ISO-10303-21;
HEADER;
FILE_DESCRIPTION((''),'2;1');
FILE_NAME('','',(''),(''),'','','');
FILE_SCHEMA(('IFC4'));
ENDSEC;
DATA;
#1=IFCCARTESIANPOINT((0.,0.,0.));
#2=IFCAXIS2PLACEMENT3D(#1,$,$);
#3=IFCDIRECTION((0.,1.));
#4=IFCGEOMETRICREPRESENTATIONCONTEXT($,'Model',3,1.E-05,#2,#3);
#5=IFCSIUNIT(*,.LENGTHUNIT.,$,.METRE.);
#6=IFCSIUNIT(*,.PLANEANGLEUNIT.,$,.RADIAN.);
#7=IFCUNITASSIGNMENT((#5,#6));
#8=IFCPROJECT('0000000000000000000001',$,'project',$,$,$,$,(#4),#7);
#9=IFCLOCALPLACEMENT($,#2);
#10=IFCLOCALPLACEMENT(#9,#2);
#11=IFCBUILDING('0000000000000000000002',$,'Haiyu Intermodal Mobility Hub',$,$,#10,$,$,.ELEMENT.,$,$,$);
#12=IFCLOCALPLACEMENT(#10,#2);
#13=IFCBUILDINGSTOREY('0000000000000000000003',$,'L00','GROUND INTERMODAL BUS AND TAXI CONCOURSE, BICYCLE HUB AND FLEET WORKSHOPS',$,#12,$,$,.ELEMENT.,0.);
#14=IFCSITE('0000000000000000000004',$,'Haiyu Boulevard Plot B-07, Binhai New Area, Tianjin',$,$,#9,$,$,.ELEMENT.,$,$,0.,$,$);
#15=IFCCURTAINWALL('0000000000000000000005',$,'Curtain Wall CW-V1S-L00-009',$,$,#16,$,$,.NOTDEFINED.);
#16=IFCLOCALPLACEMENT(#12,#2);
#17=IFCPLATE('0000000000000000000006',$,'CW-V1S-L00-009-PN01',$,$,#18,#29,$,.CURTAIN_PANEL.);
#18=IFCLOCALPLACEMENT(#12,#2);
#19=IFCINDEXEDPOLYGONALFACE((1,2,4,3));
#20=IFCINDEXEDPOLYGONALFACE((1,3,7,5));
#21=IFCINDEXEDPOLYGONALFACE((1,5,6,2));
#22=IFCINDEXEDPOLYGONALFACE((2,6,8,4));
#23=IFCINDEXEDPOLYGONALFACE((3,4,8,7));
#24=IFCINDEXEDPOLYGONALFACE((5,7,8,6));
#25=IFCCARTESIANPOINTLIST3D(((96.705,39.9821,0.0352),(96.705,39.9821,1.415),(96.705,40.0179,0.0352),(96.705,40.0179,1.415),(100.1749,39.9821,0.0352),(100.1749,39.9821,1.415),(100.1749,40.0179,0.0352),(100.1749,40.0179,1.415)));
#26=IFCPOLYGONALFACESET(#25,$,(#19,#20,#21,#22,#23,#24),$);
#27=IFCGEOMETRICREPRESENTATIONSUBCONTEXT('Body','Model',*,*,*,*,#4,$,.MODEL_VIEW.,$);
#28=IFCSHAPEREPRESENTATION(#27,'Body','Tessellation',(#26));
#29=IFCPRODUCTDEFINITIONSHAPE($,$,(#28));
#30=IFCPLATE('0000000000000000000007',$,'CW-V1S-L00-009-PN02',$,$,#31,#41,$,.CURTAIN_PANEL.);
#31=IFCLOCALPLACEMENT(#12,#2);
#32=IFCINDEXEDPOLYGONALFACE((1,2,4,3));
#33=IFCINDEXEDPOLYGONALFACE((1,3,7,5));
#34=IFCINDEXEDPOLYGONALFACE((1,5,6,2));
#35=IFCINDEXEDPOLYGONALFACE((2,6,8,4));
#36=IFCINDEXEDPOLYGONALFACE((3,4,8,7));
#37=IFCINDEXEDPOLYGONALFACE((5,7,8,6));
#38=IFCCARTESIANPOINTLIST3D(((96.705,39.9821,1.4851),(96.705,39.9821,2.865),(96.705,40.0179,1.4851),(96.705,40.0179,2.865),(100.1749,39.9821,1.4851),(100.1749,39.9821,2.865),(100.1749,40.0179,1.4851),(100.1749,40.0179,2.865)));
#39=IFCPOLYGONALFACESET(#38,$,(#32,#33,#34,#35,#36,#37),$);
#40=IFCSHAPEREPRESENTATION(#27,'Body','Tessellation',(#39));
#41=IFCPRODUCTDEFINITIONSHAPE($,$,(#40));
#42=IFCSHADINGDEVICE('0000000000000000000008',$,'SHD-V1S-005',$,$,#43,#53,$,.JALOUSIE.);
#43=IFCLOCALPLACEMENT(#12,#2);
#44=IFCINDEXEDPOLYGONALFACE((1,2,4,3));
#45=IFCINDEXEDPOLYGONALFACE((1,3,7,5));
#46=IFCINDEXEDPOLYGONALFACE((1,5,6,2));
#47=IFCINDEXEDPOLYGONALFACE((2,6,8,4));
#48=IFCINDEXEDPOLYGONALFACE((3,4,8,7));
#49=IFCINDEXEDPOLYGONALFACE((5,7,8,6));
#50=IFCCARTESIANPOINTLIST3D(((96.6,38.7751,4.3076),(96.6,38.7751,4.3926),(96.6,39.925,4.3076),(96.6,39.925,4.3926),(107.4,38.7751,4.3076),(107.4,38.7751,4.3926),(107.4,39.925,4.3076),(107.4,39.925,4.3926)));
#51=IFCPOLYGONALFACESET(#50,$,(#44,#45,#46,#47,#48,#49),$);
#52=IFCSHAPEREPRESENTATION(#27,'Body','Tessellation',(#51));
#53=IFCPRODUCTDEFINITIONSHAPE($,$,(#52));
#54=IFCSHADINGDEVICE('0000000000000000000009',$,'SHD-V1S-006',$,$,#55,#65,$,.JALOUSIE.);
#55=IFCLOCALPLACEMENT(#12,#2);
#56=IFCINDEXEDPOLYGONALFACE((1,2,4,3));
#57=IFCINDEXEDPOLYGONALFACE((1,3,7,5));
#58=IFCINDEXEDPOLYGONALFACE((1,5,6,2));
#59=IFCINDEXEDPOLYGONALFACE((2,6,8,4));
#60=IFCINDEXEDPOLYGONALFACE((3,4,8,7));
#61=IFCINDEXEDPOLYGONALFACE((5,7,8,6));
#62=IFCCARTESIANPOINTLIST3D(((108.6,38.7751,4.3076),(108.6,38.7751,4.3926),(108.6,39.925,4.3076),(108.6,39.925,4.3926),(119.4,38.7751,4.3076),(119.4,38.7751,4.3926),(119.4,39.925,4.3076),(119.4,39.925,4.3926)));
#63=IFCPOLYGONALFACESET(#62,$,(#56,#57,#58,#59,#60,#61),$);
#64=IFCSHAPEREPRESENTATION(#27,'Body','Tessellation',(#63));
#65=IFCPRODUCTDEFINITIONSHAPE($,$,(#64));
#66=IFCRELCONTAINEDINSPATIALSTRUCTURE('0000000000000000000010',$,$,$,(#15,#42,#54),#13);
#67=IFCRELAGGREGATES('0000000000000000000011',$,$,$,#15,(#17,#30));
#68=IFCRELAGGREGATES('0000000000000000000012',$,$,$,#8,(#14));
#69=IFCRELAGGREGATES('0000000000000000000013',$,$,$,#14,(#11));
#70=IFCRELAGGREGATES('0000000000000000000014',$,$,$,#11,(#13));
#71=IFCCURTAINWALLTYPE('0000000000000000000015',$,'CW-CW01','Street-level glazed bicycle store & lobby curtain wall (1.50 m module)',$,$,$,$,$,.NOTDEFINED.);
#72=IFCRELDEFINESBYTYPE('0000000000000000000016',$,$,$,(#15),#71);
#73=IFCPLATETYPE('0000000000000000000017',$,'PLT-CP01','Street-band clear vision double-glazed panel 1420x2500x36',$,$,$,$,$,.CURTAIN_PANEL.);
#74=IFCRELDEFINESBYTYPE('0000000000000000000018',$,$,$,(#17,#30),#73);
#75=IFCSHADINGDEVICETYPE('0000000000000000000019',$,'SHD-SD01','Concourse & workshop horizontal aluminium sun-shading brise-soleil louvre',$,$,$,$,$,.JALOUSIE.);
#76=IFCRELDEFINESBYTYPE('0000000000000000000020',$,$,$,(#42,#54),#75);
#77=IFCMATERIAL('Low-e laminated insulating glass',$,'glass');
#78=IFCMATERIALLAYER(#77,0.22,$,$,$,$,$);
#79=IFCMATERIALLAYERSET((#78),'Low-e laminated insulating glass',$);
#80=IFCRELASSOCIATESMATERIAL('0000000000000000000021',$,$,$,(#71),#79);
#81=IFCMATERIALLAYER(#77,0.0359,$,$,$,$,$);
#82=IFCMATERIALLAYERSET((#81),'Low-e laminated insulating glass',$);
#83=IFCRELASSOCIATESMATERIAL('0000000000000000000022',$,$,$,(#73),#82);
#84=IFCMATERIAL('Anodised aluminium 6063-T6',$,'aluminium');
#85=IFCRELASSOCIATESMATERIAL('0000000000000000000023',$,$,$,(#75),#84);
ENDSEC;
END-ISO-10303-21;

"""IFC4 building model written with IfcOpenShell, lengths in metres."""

from ifc_helpers import new_model, si_unit, direction, frame, origin, origin_2d, place, context, subcontext, project, spatial, rectangle, extrude, material, layer, layer_set, material_profile, profile_set, type_object, element, aggregate, save


model = new_model("IFC4")

# Units and contexts
model_context = context("Model", 3, precision=1e-05, world=origin(), true_north=direction((0.0, 1.0)))
body_context = subcontext(model_context, "Body", "Model", "MODEL_VIEW")
ifc_project = project(units=[si_unit("LENGTHUNIT", "METRE"), si_unit("PLANEANGLEUNIT", "RADIAN")], contexts=[model_context])

# Site, building, storey
site_placement = place(None, origin())
site = spatial("IfcSite", under=ifc_project, at=site_placement, Name="Haiyu Boulevard Plot B-07, Binhai New Area, Tianjin", CompositionType="ELEMENT", RefElevation=0.0)
building_placement = place(site_placement, origin())
building = spatial("IfcBuilding", under=site, at=building_placement, Name="Haiyu Intermodal Mobility Hub", CompositionType="ELEMENT")
storey_placement = place(building_placement, origin())
storey = spatial("IfcBuildingStorey", under=building, at=storey_placement, Name="L00", Description="GROUND INTERMODAL BUS AND TAXI CONCOURSE, BICYCLE HUB AND FLEET WORKSHOPS", CompositionType="ELEMENT", Elevation=0.0)

# Curtain wall
ifc_material_1 = material(Name="Low-e laminated insulating glass", Category="glass")
ifc_layer_1 = layer(ifc_material_1, 0.22)
ifc_layer_set_1 = layer_set([ifc_layer_1], Name="Low-e laminated insulating glass")
curtain_wall_type = type_object("IfcCurtainWallType", Name="CW-CW01", Description="Street-level glazed bicycle store & lobby curtain wall (1.50 m module)", PredefinedType="NOTDEFINED", material=ifc_layer_set_1)
curtain_wall_placement = place(storey_placement, origin())
curtain_wall = element("IfcCurtainWall", 1, at=curtain_wall_placement, inside=storey, type_object=curtain_wall_type, Name="Curtain Wall CW-V1S-L00-009", PredefinedType="NOTDEFINED")
ifc_material_2 = material(Name="Anodised aluminium 6063-T6", Category="aluminium")

# Plates
ifc_layer_2 = layer(ifc_material_1, 0.0359)
ifc_layer_set_2 = layer_set([ifc_layer_2], Name="Low-e laminated insulating glass")
plate_type = type_object("IfcPlateType", Name="PLT-CP01", Description="Street-band clear vision double-glazed panel 1420x2500x36", PredefinedType="CURTAIN_PANEL", material=ifc_layer_set_2)
plate_1_placement = place(storey_placement, frame((98.4399, 40.0, 0.0352), z_axis=(0.0, 0.0, 1.0), x_axis=(1.0, 0.0, 0.0)))
plate_1 = element("IfcPlate", 2, at=plate_1_placement, type_object=plate_type, Name="CW-V1S-L00-009-PN01", PredefinedType="CURTAIN_PANEL", context=body_context, shape_type="SweptSolid", body=[
    extrude(rectangle(XDim=3.47, YDim=0.0359, at=origin_2d()), origin(), (0.0, 0.0, 1.0), 1.3799),
])
plate_2_placement = place(storey_placement, frame((98.4399, 40.0, 1.4851), z_axis=(0.0, 0.0, 1.0), x_axis=(1.0, 0.0, 0.0)))
plate_2 = element("IfcPlate", 3, at=plate_2_placement, type_object=plate_type, Name="CW-V1S-L00-009-PN02", PredefinedType="CURTAIN_PANEL", context=body_context, shape_type="SweptSolid", body=[
    extrude(rectangle(XDim=3.47, YDim=0.0359, at=origin_2d()), origin(), (0.0, 0.0, 1.0), 1.3799),
])
aggregate(curtain_wall, [plate_1, plate_2])

# Shading devices
ifc_material_profile_1 = material_profile(ifc_material_2, rectangle(XDim=0.0801, YDim=0.45, at=origin_2d()), Name="FIN80x450")
ifc_profile_set_1 = profile_set([ifc_material_profile_1], Name="Anodised aluminium 6063-T6")
shading_device_type = type_object("IfcShadingDeviceType", Name="SHD-SD01", Description="Concourse & workshop horizontal aluminium sun-shading brise-soleil louvre", PredefinedType="JALOUSIE", material=ifc_profile_set_1)
for number, where, z_axis, x_axis, name in (
    (4, (102.0, 39.3501, 4.3076), (0.0, 0.0, 1.0), (1.0, 0.0, 0.0), "SHD-V1S-005"),
    (5, (114.0, 39.3501, 4.3076), (0.0, 0.0, 1.0), (1.0, 0.0, 0.0), "SHD-V1S-006"),
):
    element("IfcShadingDevice", number, at=place(storey_placement, frame(where, z_axis=z_axis, x_axis=x_axis)), inside=storey, type_object=shading_device_type, Name=name, PredefinedType="JALOUSIE", context=body_context, shape_type="SweptSolid", body=[
        extrude(rectangle(XDim=10.8, YDim=1.1499, at=origin_2d()), origin(), (0.0, 0.0, 1.0), 0.085),
    ])

save(model, "model.ifc")
